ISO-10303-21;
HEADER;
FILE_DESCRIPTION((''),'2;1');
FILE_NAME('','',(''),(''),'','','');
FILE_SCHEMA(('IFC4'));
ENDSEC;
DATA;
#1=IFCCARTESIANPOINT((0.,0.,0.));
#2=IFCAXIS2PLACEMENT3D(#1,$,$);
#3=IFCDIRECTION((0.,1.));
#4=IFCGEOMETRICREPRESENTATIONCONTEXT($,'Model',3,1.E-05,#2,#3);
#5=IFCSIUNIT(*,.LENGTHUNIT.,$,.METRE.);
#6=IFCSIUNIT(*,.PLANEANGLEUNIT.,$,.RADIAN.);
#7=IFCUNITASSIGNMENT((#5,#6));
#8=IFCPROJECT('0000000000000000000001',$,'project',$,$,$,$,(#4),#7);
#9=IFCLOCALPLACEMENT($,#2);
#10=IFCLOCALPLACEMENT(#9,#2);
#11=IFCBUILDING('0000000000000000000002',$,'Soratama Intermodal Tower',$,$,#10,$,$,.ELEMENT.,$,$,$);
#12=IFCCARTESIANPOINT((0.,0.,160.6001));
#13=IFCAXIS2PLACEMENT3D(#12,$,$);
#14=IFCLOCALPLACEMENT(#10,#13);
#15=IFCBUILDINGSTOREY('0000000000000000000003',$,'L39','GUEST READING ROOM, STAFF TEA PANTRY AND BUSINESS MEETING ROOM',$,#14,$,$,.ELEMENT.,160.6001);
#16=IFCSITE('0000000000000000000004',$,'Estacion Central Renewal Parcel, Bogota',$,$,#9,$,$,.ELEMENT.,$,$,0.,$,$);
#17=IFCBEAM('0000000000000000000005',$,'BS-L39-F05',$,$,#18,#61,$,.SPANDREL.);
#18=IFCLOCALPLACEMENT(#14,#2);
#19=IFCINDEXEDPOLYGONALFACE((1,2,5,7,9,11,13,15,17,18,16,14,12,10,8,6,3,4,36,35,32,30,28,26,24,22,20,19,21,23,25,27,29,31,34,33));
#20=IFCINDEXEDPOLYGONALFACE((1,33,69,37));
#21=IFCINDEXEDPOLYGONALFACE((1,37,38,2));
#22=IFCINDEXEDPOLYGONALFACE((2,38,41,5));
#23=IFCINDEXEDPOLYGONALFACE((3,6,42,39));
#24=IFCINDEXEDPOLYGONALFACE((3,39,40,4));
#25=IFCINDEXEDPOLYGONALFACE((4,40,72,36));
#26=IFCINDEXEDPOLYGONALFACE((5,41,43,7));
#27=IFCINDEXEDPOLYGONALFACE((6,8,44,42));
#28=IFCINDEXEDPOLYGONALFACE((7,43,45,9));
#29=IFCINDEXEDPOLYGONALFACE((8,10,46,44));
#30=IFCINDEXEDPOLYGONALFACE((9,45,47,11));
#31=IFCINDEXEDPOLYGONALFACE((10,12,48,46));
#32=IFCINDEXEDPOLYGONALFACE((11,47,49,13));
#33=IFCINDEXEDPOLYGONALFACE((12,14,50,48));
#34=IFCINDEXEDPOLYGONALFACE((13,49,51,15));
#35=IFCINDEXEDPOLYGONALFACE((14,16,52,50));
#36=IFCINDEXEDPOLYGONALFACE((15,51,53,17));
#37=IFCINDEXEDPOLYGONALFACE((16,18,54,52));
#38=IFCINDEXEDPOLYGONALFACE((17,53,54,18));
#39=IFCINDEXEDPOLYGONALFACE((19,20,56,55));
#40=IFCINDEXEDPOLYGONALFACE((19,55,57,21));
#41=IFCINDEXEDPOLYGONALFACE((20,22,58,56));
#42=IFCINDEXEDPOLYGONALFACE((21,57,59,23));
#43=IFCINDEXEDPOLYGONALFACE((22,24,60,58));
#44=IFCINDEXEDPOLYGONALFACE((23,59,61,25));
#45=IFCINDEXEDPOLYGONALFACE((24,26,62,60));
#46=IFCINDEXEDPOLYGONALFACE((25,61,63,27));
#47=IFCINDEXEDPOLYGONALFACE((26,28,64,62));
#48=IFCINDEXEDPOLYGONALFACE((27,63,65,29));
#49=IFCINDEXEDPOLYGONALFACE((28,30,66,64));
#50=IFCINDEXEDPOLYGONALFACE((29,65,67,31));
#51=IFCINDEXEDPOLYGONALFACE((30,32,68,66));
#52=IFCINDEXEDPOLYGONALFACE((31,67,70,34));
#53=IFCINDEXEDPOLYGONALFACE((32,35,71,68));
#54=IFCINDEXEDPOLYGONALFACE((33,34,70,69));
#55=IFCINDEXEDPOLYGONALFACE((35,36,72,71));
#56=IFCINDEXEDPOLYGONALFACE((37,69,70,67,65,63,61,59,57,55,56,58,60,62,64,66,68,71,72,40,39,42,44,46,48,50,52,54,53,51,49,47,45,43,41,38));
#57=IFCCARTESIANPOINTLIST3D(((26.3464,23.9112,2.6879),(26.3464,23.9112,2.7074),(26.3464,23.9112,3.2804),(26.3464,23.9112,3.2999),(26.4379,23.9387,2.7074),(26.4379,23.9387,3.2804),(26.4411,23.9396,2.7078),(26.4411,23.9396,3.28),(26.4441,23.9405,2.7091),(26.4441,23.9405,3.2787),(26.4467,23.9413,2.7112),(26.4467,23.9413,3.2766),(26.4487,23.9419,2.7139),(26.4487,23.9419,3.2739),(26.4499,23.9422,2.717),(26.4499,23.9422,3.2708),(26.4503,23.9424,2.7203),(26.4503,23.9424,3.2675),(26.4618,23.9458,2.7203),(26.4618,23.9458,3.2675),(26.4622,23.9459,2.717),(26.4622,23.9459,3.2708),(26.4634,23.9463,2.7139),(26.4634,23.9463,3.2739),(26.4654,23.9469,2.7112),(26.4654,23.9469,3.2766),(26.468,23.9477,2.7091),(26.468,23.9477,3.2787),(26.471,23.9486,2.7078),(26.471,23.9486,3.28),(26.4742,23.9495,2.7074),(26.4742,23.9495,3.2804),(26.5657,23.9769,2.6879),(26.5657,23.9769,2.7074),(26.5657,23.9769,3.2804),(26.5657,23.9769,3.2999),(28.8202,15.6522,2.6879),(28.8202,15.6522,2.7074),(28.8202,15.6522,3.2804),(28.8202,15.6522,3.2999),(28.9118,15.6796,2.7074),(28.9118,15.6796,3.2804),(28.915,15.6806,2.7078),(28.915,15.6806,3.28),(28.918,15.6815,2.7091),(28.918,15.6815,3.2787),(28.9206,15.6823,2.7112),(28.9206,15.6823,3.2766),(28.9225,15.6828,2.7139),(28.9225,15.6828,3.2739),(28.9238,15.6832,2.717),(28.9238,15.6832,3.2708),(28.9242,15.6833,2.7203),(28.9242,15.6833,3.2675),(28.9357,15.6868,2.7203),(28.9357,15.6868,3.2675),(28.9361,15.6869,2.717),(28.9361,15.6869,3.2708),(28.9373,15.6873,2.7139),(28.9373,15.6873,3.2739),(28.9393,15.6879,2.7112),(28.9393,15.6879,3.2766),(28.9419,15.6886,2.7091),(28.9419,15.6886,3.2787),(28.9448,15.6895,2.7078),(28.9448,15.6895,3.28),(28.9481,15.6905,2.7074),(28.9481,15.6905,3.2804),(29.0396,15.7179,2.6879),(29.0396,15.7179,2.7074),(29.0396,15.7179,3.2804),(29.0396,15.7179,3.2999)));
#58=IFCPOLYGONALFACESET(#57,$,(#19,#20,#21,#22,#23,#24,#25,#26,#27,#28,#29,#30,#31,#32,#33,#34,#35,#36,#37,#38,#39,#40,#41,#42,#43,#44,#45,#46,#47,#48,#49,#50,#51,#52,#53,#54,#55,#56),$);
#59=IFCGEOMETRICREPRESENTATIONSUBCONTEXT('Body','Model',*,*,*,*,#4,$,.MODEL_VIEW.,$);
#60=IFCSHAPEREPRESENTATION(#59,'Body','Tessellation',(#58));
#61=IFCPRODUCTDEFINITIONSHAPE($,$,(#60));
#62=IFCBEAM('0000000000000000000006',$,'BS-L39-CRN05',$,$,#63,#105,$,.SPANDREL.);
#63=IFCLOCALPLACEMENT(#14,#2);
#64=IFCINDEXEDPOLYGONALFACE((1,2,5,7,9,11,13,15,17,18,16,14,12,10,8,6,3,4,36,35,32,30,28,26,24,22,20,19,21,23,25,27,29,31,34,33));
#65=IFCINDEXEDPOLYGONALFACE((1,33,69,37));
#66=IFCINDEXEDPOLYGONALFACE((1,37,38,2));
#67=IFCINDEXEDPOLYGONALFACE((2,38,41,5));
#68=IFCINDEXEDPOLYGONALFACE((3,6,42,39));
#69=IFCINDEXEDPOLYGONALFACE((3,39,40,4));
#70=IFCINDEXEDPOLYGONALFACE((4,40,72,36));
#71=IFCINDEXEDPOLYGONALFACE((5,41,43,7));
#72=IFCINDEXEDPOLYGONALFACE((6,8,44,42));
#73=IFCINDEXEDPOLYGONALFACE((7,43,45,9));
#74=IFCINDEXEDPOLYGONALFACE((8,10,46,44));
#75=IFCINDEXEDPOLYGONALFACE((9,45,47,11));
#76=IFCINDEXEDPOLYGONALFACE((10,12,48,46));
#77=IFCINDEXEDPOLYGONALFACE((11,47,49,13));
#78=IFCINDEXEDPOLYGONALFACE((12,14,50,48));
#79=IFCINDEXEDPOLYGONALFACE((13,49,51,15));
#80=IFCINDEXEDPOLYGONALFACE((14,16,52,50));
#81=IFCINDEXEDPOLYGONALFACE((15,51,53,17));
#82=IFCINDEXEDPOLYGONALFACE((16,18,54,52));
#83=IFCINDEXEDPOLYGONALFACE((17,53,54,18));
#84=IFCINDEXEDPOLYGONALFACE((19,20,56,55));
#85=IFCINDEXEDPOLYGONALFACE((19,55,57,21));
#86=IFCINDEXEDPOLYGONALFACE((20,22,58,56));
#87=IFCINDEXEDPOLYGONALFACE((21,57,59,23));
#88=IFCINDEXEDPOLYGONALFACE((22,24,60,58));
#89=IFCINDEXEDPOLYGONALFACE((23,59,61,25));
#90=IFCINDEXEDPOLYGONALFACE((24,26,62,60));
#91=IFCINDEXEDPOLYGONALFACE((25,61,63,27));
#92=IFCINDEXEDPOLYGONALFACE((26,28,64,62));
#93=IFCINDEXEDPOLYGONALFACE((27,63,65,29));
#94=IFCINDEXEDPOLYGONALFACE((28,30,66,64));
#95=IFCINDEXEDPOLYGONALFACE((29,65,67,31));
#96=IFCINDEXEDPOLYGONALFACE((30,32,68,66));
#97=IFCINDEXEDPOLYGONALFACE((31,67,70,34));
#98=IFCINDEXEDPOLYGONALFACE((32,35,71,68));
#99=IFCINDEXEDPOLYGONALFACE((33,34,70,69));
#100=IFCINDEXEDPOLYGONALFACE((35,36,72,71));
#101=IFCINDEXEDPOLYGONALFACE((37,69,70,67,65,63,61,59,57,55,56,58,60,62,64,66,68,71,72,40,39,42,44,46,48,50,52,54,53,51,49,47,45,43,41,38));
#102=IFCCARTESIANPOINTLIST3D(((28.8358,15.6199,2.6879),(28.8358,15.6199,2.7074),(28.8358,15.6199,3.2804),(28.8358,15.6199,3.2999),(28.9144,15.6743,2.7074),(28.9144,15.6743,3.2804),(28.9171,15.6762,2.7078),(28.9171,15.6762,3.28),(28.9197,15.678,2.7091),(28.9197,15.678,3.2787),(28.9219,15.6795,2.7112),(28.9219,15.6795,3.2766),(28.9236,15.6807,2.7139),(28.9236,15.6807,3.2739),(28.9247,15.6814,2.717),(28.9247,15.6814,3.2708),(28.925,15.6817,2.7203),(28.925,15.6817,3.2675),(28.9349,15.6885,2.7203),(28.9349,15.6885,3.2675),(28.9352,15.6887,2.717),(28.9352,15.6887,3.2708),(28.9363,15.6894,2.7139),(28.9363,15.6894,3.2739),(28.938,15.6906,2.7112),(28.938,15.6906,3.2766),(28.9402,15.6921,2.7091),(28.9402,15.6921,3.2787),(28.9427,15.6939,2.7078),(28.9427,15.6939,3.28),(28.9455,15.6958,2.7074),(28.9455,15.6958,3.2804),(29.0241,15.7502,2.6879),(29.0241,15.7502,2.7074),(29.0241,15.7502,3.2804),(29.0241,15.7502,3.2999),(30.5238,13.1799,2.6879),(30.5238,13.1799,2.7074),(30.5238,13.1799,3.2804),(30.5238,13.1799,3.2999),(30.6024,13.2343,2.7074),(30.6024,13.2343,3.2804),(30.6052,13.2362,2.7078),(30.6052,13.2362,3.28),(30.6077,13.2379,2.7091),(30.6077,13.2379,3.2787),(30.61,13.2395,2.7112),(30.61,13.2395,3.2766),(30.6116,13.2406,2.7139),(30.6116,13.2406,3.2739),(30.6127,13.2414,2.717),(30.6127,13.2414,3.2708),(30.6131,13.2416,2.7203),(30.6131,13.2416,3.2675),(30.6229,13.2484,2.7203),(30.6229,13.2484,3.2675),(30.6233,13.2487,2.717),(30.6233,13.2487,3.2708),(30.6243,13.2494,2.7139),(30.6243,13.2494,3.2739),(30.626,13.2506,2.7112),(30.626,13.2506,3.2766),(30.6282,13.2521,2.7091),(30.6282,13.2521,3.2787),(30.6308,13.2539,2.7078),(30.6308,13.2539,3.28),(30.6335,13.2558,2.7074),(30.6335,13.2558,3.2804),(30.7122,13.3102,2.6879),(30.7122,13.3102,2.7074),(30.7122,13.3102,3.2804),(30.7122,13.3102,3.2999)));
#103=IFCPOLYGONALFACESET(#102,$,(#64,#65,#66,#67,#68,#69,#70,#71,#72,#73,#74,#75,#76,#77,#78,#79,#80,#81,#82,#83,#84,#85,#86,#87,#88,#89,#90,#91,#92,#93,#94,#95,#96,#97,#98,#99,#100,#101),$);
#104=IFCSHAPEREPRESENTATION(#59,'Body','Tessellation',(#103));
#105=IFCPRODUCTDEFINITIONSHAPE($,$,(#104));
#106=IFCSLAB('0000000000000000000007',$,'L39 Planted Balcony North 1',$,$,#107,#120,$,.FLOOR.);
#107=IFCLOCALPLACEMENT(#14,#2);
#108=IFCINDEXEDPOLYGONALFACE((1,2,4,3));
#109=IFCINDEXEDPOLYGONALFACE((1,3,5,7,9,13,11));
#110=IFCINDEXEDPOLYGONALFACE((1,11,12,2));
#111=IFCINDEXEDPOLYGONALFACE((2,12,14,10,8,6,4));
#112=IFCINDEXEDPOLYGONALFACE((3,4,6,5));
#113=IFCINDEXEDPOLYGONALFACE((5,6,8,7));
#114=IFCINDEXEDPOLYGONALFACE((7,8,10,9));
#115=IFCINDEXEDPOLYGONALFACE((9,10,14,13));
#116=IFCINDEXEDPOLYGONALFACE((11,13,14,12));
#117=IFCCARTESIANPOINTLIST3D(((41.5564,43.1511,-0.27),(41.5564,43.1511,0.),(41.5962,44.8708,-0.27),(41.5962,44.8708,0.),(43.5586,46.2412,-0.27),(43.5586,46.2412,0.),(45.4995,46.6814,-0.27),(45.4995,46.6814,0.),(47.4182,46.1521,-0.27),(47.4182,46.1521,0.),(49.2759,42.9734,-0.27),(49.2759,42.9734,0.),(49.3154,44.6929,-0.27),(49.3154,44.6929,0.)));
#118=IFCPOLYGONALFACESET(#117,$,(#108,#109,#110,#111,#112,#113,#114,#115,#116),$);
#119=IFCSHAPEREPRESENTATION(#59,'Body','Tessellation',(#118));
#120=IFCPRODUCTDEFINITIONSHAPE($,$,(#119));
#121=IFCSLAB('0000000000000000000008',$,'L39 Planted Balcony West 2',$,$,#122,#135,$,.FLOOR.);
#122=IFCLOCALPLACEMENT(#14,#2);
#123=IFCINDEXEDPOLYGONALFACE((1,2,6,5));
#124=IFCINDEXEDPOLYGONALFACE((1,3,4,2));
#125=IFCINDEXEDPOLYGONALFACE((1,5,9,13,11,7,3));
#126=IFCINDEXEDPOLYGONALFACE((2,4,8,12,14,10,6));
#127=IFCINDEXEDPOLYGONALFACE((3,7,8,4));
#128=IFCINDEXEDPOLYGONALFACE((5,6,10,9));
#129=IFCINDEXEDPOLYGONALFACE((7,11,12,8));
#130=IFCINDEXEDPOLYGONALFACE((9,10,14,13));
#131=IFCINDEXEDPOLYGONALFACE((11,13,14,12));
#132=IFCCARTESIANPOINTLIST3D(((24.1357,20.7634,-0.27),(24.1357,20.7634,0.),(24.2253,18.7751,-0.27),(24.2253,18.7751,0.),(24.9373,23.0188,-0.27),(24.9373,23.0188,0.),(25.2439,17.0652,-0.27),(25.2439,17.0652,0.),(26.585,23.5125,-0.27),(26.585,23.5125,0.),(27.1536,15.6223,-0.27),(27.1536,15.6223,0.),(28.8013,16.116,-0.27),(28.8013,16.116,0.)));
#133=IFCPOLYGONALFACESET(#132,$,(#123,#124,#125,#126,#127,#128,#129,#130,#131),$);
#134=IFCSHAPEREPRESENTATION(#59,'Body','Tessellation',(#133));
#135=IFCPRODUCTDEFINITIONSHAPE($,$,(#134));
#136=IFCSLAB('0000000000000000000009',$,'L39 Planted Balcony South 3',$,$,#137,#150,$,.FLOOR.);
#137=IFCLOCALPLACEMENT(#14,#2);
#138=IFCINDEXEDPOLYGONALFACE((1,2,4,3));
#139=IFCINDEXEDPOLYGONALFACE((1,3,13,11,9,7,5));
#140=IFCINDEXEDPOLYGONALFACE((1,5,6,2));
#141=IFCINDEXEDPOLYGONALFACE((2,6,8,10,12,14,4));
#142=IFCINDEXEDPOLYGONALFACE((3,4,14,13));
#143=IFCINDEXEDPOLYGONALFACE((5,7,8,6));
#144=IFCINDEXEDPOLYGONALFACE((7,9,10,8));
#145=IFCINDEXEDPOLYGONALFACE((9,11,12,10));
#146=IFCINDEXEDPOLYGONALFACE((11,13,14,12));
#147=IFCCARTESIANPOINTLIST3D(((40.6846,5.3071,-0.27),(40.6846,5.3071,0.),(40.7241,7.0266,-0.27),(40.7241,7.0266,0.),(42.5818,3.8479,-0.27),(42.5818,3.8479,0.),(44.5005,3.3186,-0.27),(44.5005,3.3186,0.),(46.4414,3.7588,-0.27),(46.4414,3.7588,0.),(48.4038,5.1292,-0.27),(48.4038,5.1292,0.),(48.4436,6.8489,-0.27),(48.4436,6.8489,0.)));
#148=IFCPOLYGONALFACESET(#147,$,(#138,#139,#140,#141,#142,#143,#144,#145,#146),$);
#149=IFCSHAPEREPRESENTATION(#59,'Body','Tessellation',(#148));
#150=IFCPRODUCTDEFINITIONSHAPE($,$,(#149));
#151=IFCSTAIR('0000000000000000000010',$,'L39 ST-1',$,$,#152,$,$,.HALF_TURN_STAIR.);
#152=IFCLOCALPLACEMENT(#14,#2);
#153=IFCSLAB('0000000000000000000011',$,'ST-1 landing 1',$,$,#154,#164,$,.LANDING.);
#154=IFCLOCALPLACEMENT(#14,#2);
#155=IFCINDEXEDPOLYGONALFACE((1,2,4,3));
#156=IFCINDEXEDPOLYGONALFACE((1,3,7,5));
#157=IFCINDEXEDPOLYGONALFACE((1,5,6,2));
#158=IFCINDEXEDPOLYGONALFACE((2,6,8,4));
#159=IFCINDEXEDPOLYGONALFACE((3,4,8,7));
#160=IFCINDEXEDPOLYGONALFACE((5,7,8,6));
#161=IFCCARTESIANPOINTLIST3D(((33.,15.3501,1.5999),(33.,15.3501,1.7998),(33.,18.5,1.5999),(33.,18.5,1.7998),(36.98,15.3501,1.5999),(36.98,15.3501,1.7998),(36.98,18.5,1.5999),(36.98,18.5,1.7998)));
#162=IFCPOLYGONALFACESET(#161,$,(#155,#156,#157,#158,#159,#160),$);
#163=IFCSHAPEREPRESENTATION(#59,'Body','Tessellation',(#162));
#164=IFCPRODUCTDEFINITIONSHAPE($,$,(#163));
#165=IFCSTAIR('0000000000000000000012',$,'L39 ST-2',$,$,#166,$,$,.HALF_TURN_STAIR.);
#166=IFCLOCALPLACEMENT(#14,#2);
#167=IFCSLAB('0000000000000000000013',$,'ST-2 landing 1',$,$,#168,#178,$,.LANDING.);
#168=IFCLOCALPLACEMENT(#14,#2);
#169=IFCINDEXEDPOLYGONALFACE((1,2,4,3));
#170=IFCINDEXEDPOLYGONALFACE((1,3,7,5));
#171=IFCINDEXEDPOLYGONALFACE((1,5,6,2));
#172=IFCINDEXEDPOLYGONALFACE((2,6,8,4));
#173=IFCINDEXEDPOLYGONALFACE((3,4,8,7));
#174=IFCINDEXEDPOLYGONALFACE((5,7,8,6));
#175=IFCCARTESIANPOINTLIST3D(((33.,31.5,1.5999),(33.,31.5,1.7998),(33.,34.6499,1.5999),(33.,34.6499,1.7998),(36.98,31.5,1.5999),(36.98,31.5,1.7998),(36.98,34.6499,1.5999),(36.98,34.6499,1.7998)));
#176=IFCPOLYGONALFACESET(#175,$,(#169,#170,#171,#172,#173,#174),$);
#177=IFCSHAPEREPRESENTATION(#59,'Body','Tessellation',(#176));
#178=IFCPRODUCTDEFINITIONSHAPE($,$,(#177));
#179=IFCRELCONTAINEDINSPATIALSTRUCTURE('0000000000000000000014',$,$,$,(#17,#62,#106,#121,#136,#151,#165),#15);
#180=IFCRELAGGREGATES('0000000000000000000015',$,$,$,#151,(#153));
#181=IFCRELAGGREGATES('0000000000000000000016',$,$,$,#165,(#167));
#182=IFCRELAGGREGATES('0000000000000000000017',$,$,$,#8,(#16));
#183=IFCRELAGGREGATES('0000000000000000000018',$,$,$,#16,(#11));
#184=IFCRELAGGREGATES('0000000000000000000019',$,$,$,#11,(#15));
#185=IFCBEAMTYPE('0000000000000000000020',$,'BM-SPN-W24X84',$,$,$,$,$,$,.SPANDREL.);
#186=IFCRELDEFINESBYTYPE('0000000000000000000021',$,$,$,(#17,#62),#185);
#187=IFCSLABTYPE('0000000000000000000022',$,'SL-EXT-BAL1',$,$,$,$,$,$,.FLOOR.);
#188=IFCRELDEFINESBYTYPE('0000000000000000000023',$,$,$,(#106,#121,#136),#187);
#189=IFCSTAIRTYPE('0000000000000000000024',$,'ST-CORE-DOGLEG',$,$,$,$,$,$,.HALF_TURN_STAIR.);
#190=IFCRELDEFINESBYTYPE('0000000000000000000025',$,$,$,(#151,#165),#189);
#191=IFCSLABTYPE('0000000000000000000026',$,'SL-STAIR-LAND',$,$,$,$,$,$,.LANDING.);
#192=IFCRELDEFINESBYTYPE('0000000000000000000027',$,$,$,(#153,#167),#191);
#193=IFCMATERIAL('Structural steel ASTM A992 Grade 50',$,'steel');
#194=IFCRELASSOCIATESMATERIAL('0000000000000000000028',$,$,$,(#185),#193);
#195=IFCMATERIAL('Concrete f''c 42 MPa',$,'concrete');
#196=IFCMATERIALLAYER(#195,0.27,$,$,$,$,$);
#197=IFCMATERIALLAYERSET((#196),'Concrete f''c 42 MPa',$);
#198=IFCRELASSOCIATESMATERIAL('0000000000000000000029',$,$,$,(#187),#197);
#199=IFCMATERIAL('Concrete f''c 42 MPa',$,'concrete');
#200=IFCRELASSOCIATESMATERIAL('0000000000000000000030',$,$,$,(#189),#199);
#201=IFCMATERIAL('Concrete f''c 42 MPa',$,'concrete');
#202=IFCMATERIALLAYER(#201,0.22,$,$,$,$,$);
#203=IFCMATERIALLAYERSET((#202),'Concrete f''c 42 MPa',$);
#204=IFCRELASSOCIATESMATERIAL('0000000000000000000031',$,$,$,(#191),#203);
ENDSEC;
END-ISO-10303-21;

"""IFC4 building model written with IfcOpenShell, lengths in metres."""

from ifc_helpers import new_model, si_unit, direction, frame, origin, origin_2d, place, context, subcontext, project, spatial, polyline, i_section, outline, extrude, material, layer, layer_set, material_profile, profile_set, type_object, element, aggregate, save


model = new_model("IFC4")

# Units and contexts
model_context = context("Model", 3, precision=1e-05, world=origin(), true_north=direction((0.0, 1.0)))
body_context = subcontext(model_context, "Body", "Model", "MODEL_VIEW")
ifc_project = project(units=[si_unit("LENGTHUNIT", "METRE"), si_unit("PLANEANGLEUNIT", "RADIAN")], contexts=[model_context])

# Site, building, storey
site_placement = place(None, origin())
site = spatial("IfcSite", under=ifc_project, at=site_placement, Name="Estacion Central Renewal Parcel, Bogota", CompositionType="ELEMENT", RefElevation=0.0)
building_placement = place(site_placement, origin())
building = spatial("IfcBuilding", under=site, at=building_placement, Name="Soratama Intermodal Tower", CompositionType="ELEMENT")
storey_placement = place(building_placement, frame((0.0, 0.0, 160.6001)))
storey = spatial("IfcBuildingStorey", under=building, at=storey_placement, Name="L39", Description="GUEST READING ROOM, STAFF TEA PANTRY AND BUSINESS MEETING ROOM", CompositionType="ELEMENT", Elevation=160.6001)

# Beams
ifc_material_1 = material(Name="Structural steel ASTM A992 Grade 50", Category="steel")
ifc_material_profile_1 = material_profile(ifc_material_1, i_section(OverallWidth=0.229, OverallDepth=0.6121, WebThickness=0.012, FlangeThickness=0.0195, FilletRadius=0.0129, at=origin_2d()), Name="W24X84")
ifc_profile_set_1 = profile_set([ifc_material_profile_1], Name="Structural steel ASTM A992 Grade 50")
beam_type_1 = type_object("IfcBeamType", Name="BM-SPN-W24X84", PredefinedType="SPANDREL", material=ifc_profile_set_1)
beam_1_placement = place(storey_placement, frame((26.4561, 23.9441, 2.9939), z_axis=(0.28694, -0.957949, 0.0), x_axis=(0.957949, 0.28694, 0.0)))
element("IfcBeam", 1, at=beam_1_placement, inside=storey, type_object=beam_type_1, Name="BS-L39-F05", PredefinedType="SPANDREL", context=body_context, shape_type="SweptSolid", body=[
    extrude(i_section(OverallWidth=0.229, OverallDepth=0.6121, WebThickness=0.012, FlangeThickness=0.0195, FilletRadius=0.0129, at=origin_2d()), origin(), (0.0, 0.0, 1.0), 8.6216),
])
beam_2_placement = place(storey_placement, frame((28.9299, 15.6851, 2.9939), z_axis=(0.568936, -0.822382, 0.0), x_axis=(0.822382, 0.568936, 0.0)))
element("IfcBeam", 2, at=beam_2_placement, inside=storey, type_object=beam_type_1, Name="BS-L39-CRN05", PredefinedType="SPANDREL", context=body_context, shape_type="SweptSolid", body=[
    extrude(i_section(OverallWidth=0.229, OverallDepth=0.6121, WebThickness=0.012, FlangeThickness=0.0195, FilletRadius=0.0129, at=origin_2d()), origin(), (0.0, 0.0, 1.0), 2.967),
])

# Slabs
ifc_material_2 = material(Name="Concrete f'c 42 MPa", Category="concrete")
ifc_layer_1 = layer(ifc_material_2, 0.27)
ifc_layer_set_1 = layer_set([ifc_layer_1], Name="Concrete f'c 42 MPa")
slab_type_1 = type_object("IfcSlabType", Name="SL-EXT-BAL1", PredefinedType="FLOOR", material=ifc_layer_set_1)
slab_1_placement = place(storey_placement, frame((0.0, 0.0, -0.27)))
element("IfcSlab", 3, at=slab_1_placement, inside=storey, type_object=slab_type_1, Name="L39 Planted Balcony North 1", PredefinedType="FLOOR", context=body_context, shape_type="SweptSolid", body=[
    extrude(outline(polyline([(49.2759, 42.9734), (41.5564, 43.1511), (41.5962, 44.8708), (43.5586, 46.2412), (45.4995, 46.6814), (47.4182, 46.1521), (49.3154, 44.6929), (49.2759, 42.9734)])), origin(), (0.0, 0.0, 1.0), 0.27),
])
slab_2_placement = place(storey_placement, frame((0.0, 0.0, -0.27)))
element("IfcSlab", 4, at=slab_2_placement, inside=storey, type_object=slab_type_1, Name="L39 Planted Balcony West 2", PredefinedType="FLOOR", context=body_context, shape_type="SweptSolid", body=[
    extrude(outline(polyline([(26.585, 23.5125), (28.8013, 16.116), (27.1536, 15.6223), (25.2439, 17.0652), (24.2253, 18.7751), (24.1357, 20.7634), (24.9373, 23.0188), (26.585, 23.5125)])), origin(), (0.0, 0.0, 1.0), 0.27),
])
slab_3_placement = place(storey_placement, frame((0.0, 0.0, -0.27)))
element("IfcSlab", 5, at=slab_3_placement, inside=storey, type_object=slab_type_1, Name="L39 Planted Balcony South 3", PredefinedType="FLOOR", context=body_context, shape_type="SweptSolid", body=[
    extrude(outline(polyline([(40.7241, 7.0266), (48.4436, 6.8489), (48.4038, 5.1292), (46.4414, 3.7588), (44.5005, 3.3186), (42.5818, 3.8479), (40.6846, 5.3071), (40.7241, 7.0266)])), origin(), (0.0, 0.0, 1.0), 0.27),
])

# Stairs, slabs
ifc_material_3 = material(Name="Concrete f'c 42 MPa", Category="concrete")
stair_type = type_object("IfcStairType", Name="ST-CORE-DOGLEG", PredefinedType="HALF_TURN_STAIR", material=ifc_material_3)
stair_1_placement = place(storey_placement, origin())
stair_1 = element("IfcStair", 6, at=stair_1_placement, inside=storey, type_object=stair_type, Name="L39 ST-1", PredefinedType="HALF_TURN_STAIR")
ifc_material_4 = material(Name="Concrete f'c 42 MPa", Category="concrete")
ifc_layer_2 = layer(ifc_material_4, 0.22)
ifc_layer_set_2 = layer_set([ifc_layer_2], Name="Concrete f'c 42 MPa")
slab_type_2 = type_object("IfcSlabType", Name="SL-STAIR-LAND", PredefinedType="LANDING", material=ifc_layer_set_2)
slab_4_placement = place(storey_placement, frame((0.0, 0.0, 1.5999)))
slab_4 = element("IfcSlab", 7, at=slab_4_placement, type_object=slab_type_2, Name="ST-1 landing 1", PredefinedType="LANDING", context=body_context, shape_type="SweptSolid", body=[
    extrude(outline(polyline([(36.98, 18.5), (33.0, 18.5), (33.0, 15.3501), (36.98, 15.3501), (36.98, 18.5)])), origin(), (0.0, 0.0, 1.0), 0.2),
])
aggregate(stair_1, [slab_4])
stair_2_placement = place(storey_placement, origin())
stair_2 = element("IfcStair", 8, at=stair_2_placement, inside=storey, type_object=stair_type, Name="L39 ST-2", PredefinedType="HALF_TURN_STAIR")
slab_5_placement = place(storey_placement, frame((0.0, 0.0, 1.5999)))
slab_5 = element("IfcSlab", 9, at=slab_5_placement, type_object=slab_type_2, Name="ST-2 landing 1", PredefinedType="LANDING", context=body_context, shape_type="SweptSolid", body=[
    extrude(outline(polyline([(36.98, 34.6499), (33.0, 34.6499), (33.0, 31.5), (36.98, 31.5), (36.98, 34.6499)])), origin(), (0.0, 0.0, 1.0), 0.2),
])
aggregate(stair_2, [slab_5])

save(model, "model.ifc")
